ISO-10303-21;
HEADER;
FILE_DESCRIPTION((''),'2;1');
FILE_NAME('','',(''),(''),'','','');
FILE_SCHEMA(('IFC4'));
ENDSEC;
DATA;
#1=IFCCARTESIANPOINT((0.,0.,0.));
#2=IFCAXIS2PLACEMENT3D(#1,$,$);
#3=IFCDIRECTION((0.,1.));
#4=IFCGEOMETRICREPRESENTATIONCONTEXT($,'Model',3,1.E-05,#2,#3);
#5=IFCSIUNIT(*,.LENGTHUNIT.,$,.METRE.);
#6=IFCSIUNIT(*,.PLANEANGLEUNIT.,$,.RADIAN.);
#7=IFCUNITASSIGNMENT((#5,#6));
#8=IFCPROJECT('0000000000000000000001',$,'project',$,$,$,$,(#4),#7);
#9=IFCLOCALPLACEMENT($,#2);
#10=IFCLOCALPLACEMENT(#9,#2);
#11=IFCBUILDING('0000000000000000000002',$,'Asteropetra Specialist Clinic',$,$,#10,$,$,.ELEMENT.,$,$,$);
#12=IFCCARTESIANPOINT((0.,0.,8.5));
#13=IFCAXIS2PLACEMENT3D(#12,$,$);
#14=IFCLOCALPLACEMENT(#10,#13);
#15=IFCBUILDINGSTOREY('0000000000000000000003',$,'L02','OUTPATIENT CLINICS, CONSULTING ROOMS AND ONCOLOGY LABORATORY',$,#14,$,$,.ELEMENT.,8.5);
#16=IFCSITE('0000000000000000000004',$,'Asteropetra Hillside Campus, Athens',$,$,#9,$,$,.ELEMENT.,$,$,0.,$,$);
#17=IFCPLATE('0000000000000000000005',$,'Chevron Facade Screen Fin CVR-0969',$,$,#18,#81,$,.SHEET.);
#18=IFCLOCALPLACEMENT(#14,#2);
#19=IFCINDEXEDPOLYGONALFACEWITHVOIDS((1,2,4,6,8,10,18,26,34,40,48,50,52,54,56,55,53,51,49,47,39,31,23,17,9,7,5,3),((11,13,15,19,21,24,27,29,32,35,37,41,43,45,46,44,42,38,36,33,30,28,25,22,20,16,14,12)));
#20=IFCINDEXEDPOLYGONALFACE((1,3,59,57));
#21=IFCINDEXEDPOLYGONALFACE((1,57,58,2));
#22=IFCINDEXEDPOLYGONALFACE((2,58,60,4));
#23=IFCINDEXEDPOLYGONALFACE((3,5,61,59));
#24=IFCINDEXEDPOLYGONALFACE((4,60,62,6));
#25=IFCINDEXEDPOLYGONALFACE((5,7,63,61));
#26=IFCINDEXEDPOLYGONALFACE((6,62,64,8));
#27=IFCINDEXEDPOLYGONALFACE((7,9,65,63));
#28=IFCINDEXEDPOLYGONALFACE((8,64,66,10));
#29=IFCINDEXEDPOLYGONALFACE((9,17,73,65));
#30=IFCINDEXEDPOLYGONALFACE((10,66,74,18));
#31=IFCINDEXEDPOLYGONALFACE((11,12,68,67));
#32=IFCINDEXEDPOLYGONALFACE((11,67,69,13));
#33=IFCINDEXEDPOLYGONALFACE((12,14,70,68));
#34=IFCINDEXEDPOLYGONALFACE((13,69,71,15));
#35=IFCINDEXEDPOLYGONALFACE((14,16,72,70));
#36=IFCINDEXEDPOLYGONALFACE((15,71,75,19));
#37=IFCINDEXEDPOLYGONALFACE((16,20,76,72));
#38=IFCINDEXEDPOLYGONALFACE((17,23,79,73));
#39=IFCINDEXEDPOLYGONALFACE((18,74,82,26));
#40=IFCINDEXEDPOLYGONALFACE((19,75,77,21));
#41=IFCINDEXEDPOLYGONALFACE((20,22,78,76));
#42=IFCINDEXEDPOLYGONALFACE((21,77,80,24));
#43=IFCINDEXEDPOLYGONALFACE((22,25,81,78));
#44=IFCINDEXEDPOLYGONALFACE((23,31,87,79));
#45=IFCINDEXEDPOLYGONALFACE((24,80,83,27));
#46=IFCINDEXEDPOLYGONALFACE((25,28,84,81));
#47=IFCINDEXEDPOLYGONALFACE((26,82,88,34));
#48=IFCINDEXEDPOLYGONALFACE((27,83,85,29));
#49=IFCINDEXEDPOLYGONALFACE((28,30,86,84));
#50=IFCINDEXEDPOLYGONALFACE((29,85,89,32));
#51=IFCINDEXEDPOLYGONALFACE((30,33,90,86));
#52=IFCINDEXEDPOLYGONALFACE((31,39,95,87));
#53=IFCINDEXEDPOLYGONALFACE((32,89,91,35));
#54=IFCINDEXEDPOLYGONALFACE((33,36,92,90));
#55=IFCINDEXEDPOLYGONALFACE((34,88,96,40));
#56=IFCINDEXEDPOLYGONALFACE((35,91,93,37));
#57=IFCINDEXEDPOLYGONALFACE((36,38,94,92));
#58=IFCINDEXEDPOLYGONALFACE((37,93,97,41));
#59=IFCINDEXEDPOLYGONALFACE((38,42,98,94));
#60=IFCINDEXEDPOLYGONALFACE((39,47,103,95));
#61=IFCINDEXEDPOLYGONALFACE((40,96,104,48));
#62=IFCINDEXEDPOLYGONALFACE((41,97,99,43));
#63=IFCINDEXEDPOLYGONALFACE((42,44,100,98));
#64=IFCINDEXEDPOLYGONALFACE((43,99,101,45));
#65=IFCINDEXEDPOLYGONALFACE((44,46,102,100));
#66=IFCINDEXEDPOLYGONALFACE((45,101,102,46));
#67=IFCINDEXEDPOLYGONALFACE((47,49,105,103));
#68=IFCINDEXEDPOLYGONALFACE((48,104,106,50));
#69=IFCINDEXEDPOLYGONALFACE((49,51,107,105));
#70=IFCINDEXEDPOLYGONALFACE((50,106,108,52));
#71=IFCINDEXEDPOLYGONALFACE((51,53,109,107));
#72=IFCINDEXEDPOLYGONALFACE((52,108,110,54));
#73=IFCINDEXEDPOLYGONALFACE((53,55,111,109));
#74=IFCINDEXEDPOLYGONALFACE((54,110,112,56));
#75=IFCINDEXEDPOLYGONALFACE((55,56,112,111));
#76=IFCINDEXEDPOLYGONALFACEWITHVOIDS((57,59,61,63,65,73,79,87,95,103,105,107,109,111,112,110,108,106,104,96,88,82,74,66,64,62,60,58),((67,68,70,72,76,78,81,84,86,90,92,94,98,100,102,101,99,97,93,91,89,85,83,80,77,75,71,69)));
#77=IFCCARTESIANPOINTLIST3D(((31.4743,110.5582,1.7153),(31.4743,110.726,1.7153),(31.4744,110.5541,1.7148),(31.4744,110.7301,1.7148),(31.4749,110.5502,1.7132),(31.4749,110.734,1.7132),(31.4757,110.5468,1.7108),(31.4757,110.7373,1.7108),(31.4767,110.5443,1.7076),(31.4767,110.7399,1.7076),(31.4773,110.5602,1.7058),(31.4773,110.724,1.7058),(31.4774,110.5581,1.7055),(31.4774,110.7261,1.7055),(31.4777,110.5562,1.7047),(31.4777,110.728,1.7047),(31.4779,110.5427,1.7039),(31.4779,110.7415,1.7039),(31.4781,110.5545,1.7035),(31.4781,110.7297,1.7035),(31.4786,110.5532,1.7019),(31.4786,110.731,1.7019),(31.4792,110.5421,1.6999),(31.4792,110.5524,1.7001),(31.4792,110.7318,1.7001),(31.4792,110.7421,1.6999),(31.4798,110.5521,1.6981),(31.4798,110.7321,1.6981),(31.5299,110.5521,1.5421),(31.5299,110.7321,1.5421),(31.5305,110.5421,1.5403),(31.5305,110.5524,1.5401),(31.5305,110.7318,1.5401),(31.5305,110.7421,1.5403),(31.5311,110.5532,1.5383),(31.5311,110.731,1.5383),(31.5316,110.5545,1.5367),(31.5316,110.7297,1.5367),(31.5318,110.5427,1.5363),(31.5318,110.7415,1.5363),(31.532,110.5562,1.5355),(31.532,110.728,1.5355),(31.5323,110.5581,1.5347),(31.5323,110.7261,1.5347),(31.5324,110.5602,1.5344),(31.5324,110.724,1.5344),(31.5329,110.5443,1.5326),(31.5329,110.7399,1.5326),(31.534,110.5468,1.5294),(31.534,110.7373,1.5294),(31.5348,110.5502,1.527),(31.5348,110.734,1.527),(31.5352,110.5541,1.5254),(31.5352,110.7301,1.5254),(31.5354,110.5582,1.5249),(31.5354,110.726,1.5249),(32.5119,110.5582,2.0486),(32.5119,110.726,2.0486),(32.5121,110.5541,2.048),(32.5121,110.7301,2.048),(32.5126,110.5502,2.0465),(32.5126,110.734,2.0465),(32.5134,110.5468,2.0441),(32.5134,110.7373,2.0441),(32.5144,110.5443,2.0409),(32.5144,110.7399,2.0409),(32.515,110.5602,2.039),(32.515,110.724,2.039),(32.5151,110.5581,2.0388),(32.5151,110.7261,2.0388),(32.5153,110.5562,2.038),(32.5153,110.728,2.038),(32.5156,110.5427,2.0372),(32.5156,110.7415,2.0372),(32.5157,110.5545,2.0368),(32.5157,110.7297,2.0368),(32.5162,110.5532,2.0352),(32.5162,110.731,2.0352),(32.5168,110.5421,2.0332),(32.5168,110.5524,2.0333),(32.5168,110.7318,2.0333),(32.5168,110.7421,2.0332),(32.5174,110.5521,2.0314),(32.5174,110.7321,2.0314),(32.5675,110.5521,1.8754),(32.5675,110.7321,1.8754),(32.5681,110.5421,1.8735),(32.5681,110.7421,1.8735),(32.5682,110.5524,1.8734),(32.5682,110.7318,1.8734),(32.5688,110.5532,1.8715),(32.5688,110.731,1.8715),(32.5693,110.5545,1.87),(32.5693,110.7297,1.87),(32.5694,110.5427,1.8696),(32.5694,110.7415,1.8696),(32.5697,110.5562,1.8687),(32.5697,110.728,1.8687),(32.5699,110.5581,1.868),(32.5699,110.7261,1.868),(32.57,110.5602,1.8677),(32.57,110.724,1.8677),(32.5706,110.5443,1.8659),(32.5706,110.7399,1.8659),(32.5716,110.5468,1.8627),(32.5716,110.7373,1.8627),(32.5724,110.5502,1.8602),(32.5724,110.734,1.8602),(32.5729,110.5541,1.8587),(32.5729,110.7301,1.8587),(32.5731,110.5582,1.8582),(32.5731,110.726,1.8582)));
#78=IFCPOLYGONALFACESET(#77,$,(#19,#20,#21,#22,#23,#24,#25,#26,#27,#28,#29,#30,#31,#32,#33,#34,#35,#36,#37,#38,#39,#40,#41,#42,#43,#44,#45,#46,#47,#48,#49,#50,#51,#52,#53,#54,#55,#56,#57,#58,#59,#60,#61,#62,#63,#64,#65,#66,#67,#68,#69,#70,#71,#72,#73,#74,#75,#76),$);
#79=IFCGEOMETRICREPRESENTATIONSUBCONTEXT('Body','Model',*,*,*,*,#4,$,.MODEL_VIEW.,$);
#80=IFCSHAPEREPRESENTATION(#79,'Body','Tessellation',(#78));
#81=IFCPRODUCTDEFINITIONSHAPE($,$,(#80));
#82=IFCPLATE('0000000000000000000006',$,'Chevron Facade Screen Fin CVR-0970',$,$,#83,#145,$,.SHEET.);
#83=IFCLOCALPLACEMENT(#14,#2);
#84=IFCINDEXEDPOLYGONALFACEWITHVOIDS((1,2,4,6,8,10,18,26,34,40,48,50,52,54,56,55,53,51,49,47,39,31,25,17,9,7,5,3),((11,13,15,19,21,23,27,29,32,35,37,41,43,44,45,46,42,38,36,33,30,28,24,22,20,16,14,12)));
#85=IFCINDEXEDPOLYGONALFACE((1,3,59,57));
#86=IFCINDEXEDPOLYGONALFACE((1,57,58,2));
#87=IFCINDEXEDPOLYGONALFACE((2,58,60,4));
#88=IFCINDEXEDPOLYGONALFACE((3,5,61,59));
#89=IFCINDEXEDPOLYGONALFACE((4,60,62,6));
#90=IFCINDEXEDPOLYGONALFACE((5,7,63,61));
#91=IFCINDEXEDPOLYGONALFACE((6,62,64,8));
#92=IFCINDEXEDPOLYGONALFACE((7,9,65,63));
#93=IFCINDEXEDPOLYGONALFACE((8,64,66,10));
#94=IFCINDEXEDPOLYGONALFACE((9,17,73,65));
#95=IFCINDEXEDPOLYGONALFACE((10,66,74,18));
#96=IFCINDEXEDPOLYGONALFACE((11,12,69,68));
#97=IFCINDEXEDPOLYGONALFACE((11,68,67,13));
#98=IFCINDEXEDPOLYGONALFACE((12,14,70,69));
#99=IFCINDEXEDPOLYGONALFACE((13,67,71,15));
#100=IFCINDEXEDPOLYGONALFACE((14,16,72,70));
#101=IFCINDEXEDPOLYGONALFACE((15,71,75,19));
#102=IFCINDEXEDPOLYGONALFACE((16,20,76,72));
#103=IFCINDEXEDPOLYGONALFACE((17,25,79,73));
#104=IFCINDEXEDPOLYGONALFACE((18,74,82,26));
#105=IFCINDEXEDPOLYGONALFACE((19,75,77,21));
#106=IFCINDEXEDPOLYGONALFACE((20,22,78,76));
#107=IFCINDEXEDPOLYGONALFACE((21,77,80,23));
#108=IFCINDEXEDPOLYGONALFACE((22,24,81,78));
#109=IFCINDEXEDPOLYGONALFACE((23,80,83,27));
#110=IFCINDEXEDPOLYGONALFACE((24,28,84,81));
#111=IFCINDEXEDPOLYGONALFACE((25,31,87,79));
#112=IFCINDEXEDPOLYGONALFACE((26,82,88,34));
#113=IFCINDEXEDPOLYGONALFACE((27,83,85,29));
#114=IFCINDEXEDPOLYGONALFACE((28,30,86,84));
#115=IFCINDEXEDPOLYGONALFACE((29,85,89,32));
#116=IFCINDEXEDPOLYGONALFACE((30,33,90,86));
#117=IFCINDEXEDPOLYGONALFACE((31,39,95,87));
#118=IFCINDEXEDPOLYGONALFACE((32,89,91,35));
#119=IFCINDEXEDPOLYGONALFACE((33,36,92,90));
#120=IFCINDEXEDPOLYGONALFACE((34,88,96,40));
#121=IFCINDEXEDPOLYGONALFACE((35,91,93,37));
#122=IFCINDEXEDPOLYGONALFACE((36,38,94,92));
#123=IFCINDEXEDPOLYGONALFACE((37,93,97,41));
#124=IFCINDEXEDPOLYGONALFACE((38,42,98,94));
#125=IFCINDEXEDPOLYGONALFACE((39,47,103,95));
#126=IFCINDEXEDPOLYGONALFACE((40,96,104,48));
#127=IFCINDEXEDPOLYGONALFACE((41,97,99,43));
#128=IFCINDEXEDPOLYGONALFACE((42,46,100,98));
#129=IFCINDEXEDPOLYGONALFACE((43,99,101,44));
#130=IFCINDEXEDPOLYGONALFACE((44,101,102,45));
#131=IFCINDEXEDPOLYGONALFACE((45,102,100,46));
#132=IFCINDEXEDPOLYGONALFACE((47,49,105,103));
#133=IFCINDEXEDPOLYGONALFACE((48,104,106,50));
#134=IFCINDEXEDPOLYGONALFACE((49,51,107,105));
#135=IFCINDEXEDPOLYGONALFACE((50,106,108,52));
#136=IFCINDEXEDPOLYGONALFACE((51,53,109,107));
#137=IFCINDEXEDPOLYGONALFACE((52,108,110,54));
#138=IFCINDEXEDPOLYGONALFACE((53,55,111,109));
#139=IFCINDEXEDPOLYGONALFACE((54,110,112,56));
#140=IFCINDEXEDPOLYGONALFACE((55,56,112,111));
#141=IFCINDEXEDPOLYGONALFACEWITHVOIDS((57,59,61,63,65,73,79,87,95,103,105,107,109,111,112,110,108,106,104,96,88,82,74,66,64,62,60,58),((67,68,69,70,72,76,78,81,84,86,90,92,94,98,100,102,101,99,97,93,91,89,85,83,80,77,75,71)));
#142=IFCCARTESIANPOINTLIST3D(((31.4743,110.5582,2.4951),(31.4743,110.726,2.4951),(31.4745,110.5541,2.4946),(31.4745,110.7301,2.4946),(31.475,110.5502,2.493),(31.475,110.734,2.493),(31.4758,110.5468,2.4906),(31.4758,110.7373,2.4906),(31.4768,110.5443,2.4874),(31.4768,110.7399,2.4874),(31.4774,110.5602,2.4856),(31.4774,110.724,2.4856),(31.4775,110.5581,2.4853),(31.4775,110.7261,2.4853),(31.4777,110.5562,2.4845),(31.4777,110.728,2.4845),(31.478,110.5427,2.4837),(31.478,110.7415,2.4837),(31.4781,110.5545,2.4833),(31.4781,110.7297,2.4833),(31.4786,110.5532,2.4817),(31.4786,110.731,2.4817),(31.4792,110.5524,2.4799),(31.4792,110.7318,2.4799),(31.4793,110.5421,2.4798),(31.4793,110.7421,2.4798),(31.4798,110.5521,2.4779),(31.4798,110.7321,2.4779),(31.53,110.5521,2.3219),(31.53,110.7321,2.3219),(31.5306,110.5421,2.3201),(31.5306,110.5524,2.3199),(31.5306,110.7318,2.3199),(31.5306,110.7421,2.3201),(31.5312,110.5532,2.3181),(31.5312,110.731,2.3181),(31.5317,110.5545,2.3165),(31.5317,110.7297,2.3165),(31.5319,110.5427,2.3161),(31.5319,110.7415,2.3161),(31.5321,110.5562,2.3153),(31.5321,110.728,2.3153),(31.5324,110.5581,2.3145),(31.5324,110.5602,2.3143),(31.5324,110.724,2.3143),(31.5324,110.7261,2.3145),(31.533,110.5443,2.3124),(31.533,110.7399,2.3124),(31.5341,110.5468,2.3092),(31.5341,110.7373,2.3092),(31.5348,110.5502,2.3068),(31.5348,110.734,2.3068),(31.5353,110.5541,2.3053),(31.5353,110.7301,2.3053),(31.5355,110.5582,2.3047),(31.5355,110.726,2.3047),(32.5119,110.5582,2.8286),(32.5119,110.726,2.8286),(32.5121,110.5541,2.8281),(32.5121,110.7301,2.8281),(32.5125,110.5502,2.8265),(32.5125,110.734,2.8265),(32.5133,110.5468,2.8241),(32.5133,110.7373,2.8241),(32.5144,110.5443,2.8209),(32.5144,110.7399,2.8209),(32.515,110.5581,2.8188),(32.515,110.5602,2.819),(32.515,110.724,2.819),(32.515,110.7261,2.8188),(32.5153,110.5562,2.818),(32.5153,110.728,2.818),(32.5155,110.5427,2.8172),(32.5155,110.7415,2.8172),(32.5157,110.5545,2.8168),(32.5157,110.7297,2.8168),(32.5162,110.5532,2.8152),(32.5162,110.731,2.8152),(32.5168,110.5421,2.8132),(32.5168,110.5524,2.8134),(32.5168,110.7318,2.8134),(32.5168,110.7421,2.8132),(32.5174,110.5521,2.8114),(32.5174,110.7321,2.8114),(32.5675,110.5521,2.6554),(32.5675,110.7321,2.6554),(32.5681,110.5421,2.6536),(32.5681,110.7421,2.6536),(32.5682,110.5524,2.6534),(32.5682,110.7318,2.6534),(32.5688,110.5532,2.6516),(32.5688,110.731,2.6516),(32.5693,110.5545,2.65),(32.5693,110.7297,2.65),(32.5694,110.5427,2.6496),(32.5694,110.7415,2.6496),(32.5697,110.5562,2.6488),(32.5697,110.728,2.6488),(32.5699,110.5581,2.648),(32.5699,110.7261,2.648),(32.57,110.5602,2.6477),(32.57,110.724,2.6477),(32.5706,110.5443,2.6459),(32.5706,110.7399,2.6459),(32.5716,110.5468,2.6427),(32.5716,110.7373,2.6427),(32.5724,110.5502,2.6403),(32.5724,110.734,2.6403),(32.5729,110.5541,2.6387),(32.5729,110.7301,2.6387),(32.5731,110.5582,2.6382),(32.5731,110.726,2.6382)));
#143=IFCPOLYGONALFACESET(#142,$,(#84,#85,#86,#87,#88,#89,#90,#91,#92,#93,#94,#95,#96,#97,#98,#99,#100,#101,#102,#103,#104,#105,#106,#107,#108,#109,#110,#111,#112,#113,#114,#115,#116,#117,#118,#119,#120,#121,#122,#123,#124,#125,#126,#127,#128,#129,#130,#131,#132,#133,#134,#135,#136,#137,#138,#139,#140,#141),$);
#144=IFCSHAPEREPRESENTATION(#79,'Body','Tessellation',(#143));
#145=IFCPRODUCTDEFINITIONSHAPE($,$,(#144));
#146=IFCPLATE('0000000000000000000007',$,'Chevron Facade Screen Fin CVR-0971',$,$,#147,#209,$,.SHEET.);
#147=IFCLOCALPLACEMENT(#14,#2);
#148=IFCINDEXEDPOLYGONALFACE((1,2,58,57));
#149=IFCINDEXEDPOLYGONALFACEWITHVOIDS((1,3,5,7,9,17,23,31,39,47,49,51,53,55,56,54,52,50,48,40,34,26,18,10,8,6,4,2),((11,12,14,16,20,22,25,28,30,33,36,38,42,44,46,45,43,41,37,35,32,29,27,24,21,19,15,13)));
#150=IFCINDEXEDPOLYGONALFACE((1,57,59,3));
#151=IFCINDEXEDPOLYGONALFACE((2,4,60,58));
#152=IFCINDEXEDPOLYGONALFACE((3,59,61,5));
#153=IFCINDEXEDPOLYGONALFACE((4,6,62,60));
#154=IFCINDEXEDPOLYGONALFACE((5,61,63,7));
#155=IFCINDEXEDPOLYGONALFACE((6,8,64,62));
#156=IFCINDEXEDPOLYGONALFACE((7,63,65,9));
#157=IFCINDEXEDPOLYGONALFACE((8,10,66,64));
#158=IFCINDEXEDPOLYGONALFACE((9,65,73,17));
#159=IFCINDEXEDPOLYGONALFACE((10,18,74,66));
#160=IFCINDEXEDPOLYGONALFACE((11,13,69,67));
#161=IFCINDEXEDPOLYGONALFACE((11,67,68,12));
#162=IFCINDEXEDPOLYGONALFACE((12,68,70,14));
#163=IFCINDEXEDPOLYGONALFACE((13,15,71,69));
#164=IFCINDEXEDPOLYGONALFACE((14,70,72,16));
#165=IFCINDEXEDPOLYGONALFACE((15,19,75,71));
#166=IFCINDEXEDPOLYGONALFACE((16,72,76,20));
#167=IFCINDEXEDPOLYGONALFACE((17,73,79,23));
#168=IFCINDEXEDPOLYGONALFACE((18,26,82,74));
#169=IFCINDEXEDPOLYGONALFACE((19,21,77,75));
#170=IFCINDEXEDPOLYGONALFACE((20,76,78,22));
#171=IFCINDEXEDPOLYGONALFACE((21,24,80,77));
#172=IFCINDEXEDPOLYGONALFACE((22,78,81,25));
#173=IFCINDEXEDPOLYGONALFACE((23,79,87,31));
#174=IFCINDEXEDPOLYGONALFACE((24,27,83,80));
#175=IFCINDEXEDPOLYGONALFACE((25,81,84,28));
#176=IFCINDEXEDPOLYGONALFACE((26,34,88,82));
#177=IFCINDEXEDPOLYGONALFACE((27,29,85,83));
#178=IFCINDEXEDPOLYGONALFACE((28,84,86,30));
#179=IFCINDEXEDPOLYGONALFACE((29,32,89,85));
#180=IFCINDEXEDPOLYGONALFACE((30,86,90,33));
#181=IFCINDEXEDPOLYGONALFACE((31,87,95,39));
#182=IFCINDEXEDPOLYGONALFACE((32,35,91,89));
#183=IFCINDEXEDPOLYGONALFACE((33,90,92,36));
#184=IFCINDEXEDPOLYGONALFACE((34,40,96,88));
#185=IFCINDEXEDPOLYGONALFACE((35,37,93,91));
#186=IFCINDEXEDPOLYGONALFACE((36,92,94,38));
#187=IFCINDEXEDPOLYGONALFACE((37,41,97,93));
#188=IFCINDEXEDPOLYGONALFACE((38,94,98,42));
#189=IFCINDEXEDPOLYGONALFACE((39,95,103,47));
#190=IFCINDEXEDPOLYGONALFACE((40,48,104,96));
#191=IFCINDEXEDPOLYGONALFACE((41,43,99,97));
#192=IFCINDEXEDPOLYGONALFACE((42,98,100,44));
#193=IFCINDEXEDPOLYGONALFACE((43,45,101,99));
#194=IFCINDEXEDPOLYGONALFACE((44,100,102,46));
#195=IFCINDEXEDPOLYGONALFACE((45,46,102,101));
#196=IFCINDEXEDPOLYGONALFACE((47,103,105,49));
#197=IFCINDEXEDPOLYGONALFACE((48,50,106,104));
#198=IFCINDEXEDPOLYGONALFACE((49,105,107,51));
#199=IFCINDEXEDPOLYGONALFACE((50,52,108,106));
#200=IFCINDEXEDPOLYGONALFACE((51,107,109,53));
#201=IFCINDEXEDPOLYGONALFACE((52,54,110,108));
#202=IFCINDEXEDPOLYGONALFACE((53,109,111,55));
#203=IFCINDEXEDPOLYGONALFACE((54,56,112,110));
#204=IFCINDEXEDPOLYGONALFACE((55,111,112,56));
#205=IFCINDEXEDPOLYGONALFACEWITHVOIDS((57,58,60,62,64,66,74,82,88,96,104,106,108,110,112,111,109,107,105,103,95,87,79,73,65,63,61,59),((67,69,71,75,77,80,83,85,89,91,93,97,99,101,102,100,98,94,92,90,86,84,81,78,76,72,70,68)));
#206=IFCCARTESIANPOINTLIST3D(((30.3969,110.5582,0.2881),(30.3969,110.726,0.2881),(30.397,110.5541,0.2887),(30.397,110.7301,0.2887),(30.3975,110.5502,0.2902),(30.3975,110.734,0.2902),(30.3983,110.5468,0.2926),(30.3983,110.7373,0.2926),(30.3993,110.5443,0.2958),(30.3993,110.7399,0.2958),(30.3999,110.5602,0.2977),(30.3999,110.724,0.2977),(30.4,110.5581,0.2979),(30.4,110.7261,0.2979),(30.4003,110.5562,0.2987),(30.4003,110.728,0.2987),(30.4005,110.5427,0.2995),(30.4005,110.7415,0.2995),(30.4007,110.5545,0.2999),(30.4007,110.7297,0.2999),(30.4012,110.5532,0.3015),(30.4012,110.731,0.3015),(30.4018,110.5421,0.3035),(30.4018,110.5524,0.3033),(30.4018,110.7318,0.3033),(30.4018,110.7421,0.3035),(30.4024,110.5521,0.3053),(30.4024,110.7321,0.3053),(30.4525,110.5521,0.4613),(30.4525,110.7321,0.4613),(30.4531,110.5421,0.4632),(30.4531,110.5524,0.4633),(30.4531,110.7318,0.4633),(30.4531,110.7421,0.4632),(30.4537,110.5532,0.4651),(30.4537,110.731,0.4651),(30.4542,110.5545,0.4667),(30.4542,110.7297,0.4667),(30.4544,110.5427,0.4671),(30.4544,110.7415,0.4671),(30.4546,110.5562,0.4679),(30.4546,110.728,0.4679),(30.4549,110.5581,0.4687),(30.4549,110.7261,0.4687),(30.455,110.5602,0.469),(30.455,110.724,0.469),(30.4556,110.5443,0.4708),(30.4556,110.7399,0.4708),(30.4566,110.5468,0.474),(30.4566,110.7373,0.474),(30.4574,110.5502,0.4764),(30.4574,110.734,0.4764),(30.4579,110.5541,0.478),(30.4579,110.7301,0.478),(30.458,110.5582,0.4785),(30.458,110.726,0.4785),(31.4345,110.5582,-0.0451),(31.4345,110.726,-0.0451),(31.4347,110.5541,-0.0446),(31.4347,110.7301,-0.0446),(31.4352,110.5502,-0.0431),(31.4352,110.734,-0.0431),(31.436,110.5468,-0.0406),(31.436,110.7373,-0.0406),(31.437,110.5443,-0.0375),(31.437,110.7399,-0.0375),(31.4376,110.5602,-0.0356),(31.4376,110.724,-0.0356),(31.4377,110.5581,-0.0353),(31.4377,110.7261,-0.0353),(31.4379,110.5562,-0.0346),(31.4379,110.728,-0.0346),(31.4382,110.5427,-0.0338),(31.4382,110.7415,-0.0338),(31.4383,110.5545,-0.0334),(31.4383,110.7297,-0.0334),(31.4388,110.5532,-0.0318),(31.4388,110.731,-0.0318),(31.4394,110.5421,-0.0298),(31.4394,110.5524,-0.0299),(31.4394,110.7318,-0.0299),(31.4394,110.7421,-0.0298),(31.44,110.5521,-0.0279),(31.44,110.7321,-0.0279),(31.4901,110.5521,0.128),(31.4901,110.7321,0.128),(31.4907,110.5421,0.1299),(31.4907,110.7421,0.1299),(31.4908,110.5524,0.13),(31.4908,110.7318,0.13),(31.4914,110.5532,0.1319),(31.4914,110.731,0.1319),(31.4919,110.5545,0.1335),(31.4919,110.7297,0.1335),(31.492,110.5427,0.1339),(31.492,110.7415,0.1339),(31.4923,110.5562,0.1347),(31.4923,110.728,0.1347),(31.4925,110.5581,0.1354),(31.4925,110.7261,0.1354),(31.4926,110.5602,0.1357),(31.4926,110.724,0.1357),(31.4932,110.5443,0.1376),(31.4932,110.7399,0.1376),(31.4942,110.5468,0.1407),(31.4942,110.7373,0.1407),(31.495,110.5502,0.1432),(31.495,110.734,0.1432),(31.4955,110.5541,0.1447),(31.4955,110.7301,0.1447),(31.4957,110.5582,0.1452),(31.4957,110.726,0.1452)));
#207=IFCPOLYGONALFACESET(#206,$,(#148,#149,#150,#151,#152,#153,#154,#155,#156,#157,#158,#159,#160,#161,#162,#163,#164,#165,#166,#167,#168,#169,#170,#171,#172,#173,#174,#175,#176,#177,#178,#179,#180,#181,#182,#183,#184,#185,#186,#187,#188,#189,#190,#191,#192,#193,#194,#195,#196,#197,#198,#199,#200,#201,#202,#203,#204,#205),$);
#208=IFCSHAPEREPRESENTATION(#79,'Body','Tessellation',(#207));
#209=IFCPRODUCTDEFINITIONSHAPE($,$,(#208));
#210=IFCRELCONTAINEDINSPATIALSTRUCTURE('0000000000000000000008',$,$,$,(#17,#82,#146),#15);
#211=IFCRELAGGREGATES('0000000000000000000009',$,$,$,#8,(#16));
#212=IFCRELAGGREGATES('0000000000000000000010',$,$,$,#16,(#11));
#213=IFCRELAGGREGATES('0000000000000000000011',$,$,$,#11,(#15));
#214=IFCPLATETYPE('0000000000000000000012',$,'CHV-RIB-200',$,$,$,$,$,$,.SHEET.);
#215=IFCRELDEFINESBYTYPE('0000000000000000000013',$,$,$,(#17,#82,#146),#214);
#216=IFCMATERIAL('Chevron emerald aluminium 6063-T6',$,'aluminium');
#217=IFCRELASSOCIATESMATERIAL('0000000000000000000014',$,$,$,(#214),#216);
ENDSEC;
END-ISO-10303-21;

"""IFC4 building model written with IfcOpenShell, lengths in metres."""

from ifc_helpers import new_model, si_unit, direction, frame, origin, origin_2d, place, context, subcontext, project, spatial, hollow_rectangle, extrude, material, material_profile, profile_set, type_object, element, save


model = new_model("IFC4")

# Units and contexts
model_context = context("Model", 3, precision=1e-05, world=origin(), true_north=direction((0.0, 1.0)))
body_context = subcontext(model_context, "Body", "Model", "MODEL_VIEW")
ifc_project = project(units=[si_unit("LENGTHUNIT", "METRE"), si_unit("PLANEANGLEUNIT", "RADIAN")], contexts=[model_context])

# Site, building, storey
site_placement = place(None, origin())
site = spatial("IfcSite", under=ifc_project, at=site_placement, Name="Asteropetra Hillside Campus, Athens", CompositionType="ELEMENT", RefElevation=0.0)
building_placement = place(site_placement, origin())
building = spatial("IfcBuilding", under=site, at=building_placement, Name="Asteropetra Specialist Clinic", CompositionType="ELEMENT")
storey_placement = place(building_placement, frame((0.0, 0.0, 8.5)))
storey = spatial("IfcBuildingStorey", under=building, at=storey_placement, Name="L02", Description="OUTPATIENT CLINICS, CONSULTING ROOMS AND ONCOLOGY LABORATORY", CompositionType="ELEMENT", Elevation=8.5)

# Plates
ifc_material_1 = material(Name="Chevron emerald aluminium 6063-T6", Category="aluminium")
ifc_material_profile_1 = material_profile(ifc_material_1, hollow_rectangle(XDim=0.2, YDim=0.2, WallThickness=0.01, InnerFilletRadius=0.0081, OuterFilletRadius=0.0161, at=origin_2d()), Name="SHS 200x200x10.0")
ifc_profile_set_1 = profile_set([ifc_material_profile_1], Name="Chevron emerald aluminium 6063-T6")
plate_type = type_object("IfcPlateType", Name="CHV-RIB-200", PredefinedType="SHEET", material=ifc_profile_set_1)
for number, where, z_axis, x_axis, name in (
    (1, (32.5425, 110.6421, 1.9534), (-0.952098, 0.0, -0.305792), (0.0, -1.0, 0.0), "Chevron Facade Screen Fin CVR-0969"),
    (2, (32.5425, 110.6421, 2.7334), (-0.952033, 0.0, -0.305995), (0.0, -1.0, 0.0), "Chevron Facade Screen Fin CVR-0970"),
    (3, (31.4651, 110.6421, 0.05), (-0.952098, 0.0, 0.305792), (0.0, -1.0, 0.0), "Chevron Facade Screen Fin CVR-0971"),
):
    element("IfcPlate", number, at=place(storey_placement, frame(where, z_axis=z_axis, x_axis=x_axis)), inside=storey, type_object=plate_type, Name=name, PredefinedType="SHEET", context=body_context, shape_type="SweptSolid", body=[
        extrude(hollow_rectangle(XDim=0.2, YDim=0.2, WallThickness=0.01, InnerFilletRadius=0.0081, OuterFilletRadius=0.0161, at=origin_2d()), origin(), (0.0, 0.0, 1.0), 1.0898),
    ])

save(model, "model.ifc")
